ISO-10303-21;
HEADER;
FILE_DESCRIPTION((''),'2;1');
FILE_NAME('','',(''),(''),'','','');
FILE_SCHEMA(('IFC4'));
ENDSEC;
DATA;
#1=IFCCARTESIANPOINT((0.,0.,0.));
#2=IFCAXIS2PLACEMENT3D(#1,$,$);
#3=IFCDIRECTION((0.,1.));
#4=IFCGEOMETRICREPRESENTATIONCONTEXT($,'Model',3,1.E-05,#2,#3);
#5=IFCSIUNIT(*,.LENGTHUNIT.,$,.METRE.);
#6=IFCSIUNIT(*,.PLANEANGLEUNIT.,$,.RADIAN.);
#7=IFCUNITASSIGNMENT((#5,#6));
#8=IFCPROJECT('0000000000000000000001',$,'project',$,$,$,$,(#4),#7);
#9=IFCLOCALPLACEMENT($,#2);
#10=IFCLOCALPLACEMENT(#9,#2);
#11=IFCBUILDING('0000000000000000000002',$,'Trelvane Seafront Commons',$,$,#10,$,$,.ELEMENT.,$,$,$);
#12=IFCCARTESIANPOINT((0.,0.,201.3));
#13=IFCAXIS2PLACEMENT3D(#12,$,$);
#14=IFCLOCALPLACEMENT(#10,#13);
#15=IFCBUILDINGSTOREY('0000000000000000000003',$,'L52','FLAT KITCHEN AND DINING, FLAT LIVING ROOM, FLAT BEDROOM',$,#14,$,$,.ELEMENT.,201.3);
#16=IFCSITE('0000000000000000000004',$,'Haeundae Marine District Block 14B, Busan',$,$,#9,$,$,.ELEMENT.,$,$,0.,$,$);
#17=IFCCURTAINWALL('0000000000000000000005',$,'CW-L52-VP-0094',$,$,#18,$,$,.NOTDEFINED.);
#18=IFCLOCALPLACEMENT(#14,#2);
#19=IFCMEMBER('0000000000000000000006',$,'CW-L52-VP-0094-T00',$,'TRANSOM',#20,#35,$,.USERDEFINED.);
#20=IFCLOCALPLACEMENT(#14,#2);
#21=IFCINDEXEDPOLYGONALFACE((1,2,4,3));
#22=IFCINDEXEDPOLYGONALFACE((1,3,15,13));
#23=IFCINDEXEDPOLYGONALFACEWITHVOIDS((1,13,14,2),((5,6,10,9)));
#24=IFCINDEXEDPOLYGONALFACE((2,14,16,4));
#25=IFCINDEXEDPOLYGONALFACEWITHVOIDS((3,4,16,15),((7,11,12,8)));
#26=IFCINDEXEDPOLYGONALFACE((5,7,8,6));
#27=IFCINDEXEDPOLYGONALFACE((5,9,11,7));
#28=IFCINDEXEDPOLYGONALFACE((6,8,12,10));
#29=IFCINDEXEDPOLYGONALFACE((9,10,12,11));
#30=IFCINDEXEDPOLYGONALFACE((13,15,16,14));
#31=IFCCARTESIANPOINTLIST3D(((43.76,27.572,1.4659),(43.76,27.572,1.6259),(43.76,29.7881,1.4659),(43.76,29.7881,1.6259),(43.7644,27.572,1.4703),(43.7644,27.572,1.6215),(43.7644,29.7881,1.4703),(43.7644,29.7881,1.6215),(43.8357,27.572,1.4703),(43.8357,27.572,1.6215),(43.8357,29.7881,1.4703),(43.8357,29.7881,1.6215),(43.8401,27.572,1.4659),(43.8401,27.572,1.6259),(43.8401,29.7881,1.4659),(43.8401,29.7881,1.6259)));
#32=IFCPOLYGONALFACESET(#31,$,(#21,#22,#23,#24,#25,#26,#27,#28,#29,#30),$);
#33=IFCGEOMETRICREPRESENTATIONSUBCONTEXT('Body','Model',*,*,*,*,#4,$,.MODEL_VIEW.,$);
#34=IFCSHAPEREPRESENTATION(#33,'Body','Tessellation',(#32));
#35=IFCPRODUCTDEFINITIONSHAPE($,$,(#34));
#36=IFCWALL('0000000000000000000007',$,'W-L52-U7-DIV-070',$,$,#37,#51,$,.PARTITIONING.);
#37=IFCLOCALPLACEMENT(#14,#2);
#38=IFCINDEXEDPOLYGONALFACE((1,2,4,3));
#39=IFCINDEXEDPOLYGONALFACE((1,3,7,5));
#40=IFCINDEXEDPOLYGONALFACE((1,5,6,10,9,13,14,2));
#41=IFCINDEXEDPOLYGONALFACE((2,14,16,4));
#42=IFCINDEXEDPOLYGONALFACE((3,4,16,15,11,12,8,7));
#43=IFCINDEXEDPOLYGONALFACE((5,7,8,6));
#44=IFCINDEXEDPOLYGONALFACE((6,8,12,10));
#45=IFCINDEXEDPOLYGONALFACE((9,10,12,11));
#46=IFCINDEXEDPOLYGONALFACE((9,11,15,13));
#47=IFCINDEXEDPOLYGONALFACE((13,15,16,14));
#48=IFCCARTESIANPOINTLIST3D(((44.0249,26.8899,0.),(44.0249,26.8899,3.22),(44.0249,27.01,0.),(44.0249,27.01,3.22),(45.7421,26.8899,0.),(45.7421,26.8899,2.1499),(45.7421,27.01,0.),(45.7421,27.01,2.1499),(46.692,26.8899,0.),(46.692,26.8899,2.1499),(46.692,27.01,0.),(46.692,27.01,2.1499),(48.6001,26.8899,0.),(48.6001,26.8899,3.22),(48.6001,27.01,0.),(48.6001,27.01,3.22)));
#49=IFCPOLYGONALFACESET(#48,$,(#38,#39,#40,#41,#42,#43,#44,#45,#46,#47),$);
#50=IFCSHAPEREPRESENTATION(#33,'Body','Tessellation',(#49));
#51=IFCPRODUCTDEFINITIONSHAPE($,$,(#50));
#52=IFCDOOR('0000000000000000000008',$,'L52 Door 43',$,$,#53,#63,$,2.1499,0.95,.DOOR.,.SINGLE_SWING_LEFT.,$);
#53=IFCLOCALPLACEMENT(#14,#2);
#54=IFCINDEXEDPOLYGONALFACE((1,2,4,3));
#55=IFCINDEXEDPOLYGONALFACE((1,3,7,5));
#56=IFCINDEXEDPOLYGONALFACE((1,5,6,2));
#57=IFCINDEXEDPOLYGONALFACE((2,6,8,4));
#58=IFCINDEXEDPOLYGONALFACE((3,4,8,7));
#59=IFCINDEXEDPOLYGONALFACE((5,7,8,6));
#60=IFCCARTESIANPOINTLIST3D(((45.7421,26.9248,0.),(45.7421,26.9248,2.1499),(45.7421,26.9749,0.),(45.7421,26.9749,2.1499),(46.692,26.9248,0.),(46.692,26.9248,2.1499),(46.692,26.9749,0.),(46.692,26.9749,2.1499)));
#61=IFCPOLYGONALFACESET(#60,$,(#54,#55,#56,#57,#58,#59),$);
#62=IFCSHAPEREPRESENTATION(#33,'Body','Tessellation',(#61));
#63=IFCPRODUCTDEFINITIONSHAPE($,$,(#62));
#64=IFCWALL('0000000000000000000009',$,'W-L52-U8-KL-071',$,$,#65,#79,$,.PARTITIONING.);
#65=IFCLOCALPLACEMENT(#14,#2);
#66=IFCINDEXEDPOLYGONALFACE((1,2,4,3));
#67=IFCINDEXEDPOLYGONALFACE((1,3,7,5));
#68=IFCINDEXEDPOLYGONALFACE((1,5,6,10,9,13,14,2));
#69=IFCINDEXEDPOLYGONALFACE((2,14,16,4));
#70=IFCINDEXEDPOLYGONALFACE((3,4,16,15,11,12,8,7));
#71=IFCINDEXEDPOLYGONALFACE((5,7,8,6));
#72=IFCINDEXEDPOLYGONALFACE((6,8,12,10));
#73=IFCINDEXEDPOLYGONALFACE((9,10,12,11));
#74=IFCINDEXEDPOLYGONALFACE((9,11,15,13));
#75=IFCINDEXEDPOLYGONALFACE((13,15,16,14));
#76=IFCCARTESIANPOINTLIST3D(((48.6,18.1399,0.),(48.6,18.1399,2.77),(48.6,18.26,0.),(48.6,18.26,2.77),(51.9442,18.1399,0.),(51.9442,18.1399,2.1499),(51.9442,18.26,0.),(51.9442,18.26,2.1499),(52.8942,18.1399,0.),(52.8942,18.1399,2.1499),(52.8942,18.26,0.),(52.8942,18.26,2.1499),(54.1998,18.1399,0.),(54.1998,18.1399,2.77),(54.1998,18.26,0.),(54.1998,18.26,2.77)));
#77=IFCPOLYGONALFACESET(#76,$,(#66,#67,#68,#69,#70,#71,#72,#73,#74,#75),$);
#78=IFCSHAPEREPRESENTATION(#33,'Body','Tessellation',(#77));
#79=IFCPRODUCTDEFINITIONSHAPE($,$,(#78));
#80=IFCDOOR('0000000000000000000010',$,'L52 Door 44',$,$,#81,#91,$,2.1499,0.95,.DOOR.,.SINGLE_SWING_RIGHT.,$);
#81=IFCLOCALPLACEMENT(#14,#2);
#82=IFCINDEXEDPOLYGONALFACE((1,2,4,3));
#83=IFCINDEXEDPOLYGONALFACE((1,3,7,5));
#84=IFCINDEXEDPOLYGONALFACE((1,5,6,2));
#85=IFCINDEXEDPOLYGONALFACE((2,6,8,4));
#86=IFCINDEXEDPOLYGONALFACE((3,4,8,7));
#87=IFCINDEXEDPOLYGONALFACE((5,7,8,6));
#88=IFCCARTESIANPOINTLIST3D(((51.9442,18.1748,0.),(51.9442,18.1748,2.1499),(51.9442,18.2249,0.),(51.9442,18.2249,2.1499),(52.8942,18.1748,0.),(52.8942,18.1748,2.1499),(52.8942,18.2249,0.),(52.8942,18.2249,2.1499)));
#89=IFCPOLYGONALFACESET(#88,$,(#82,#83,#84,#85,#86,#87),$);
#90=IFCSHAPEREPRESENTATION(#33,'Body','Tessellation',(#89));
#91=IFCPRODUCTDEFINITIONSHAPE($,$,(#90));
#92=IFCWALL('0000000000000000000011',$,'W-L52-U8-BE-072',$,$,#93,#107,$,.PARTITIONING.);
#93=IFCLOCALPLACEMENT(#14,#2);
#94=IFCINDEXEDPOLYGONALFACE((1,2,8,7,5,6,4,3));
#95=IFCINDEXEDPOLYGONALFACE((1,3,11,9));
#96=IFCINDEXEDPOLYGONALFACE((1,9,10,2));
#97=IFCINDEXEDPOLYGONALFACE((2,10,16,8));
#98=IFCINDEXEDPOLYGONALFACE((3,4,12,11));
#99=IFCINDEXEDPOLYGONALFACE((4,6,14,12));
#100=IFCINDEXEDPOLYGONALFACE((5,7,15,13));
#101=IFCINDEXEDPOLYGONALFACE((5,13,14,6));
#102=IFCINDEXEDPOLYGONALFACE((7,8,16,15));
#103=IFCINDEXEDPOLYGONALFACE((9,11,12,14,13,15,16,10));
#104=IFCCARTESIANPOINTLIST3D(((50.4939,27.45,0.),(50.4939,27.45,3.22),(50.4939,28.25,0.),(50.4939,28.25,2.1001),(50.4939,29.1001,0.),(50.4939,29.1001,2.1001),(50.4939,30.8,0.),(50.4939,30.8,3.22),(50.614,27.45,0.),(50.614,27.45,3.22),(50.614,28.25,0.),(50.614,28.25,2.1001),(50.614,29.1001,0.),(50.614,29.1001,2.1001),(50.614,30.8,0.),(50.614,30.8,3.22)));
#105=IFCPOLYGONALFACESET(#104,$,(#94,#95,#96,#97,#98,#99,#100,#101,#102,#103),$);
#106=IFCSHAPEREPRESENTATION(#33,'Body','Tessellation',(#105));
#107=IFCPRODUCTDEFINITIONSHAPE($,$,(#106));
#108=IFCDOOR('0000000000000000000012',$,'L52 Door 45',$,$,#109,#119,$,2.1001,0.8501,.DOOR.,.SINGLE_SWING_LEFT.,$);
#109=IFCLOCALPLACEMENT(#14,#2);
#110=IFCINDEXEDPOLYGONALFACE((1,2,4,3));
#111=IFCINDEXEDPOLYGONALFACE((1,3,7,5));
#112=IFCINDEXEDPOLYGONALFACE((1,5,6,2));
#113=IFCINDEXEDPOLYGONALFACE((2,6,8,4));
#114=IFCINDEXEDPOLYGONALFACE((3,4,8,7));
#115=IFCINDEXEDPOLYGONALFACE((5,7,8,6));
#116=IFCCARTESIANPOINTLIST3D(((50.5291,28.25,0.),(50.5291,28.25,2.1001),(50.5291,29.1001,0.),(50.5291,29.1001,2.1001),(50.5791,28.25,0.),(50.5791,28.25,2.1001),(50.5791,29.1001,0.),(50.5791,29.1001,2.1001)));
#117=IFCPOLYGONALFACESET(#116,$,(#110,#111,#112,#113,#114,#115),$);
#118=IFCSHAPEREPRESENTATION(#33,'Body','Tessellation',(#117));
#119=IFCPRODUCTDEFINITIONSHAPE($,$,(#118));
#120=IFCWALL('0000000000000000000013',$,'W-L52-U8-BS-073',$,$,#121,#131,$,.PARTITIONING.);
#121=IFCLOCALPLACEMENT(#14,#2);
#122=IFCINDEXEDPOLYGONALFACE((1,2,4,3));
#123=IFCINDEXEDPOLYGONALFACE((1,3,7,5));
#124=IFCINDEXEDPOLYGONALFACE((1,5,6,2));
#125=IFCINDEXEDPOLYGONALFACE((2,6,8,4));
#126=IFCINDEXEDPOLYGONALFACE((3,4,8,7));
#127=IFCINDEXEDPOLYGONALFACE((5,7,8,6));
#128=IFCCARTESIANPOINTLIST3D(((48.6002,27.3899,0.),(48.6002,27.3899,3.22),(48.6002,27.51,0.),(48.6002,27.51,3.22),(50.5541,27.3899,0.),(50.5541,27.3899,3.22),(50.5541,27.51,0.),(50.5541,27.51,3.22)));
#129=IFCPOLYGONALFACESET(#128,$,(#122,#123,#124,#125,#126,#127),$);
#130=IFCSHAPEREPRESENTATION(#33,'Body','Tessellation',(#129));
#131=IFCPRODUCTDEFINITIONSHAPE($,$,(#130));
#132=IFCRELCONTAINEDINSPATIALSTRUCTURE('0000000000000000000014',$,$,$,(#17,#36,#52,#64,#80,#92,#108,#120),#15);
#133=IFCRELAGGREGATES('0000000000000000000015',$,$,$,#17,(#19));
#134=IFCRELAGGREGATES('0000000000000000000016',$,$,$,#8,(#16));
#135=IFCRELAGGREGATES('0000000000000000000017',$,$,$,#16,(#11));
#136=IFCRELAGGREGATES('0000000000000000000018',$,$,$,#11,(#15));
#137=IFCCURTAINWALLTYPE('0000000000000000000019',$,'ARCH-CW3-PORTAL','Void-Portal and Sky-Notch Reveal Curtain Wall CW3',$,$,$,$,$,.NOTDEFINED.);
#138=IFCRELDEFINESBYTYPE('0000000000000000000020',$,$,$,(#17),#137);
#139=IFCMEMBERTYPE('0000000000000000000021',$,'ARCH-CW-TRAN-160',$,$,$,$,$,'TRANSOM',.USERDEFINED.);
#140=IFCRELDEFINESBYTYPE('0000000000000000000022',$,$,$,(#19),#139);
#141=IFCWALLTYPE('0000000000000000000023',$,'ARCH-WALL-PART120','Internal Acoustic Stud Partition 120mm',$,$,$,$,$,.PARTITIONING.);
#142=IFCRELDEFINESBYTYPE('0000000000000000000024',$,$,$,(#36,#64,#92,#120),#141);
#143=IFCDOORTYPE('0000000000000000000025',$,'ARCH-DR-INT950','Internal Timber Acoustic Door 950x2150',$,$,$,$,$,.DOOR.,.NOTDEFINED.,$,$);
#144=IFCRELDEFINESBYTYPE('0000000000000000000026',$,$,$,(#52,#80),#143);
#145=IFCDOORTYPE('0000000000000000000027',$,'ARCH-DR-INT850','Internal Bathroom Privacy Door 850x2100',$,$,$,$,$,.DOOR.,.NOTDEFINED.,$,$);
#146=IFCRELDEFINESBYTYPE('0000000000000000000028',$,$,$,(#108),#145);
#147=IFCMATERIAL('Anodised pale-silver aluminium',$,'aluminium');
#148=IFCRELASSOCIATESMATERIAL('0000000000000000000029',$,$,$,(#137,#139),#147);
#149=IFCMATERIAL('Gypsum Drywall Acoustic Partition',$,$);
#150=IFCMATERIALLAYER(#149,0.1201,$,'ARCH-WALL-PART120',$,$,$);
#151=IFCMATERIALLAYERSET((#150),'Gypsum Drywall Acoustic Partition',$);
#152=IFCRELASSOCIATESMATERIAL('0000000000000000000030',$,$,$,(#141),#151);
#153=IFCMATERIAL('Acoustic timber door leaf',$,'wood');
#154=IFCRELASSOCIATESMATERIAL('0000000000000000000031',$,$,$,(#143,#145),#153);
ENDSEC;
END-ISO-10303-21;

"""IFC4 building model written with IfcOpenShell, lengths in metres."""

from ifc_helpers import new_model, si_unit, direction, frame, frame_2d, origin, origin_2d, place, context, subcontext, project, spatial, rectangle, hollow_rectangle, extrude, source, transform, mapped, material, layer, layer_set, material_profile, profile_set, type_object, element, fill, aggregate, save


model = new_model("IFC4")

# Units and contexts
model_context = context("Model", 3, precision=1e-05, world=origin(), true_north=direction((0.0, 1.0)))
body_context = subcontext(model_context, "Body", "Model", "MODEL_VIEW")
ifc_project = project(units=[si_unit("LENGTHUNIT", "METRE"), si_unit("PLANEANGLEUNIT", "RADIAN")], contexts=[model_context])

# Site, building, storey
site_placement = place(None, origin())
site = spatial("IfcSite", under=ifc_project, at=site_placement, Name="Haeundae Marine District Block 14B, Busan", CompositionType="ELEMENT", RefElevation=0.0)
building_placement = place(site_placement, origin())
building = spatial("IfcBuilding", under=site, at=building_placement, Name="Trelvane Seafront Commons", CompositionType="ELEMENT")
storey_placement = place(building_placement, frame((0.0, 0.0, 201.3)))
storey = spatial("IfcBuildingStorey", under=building, at=storey_placement, Name="L52", Description="FLAT KITCHEN AND DINING, FLAT LIVING ROOM, FLAT BEDROOM", CompositionType="ELEMENT", Elevation=201.3)

# Curtain wall, member
ifc_material_1 = material(Name="Anodised pale-silver aluminium", Category="aluminium")
curtain_wall_type = type_object("IfcCurtainWallType", Name="ARCH-CW3-PORTAL", Description="Void-Portal and Sky-Notch Reveal Curtain Wall CW3", PredefinedType="NOTDEFINED", material=ifc_material_1)
curtain_wall_placement = place(storey_placement, origin())
curtain_wall = element("IfcCurtainWall", 1, at=curtain_wall_placement, inside=storey, type_object=curtain_wall_type, Name="CW-L52-VP-0094", PredefinedType="NOTDEFINED")
ifc_material_profile_1 = material_profile(ifc_material_1, hollow_rectangle(XDim=0.0801, YDim=0.1599, WallThickness=0.0044, at=origin_2d()), Name="TRAN-80x160x4.5")
ifc_profile_set_1 = profile_set([ifc_material_profile_1], Name="Anodised pale-silver aluminium")
member_type = type_object("IfcMemberType", Name="ARCH-CW-TRAN-160", ElementType="TRANSOM", PredefinedType="USERDEFINED", material=ifc_profile_set_1)
shared_shape_1 = source(origin(), body_context, "Body", "SweptSolid", [
    extrude(hollow_rectangle(XDim=0.0801, YDim=0.1599, WallThickness=0.0044, at=origin_2d()), origin(), (0.0, 0.0, 1.0), 2.2161),
])
member_placement = place(storey_placement, frame((43.8, 29.7881, 1.5459), z_axis=(0.0, -1.0, 0.0), x_axis=(1.0, 0.0, 0.0)))
member = element("IfcMember", 2, at=member_placement, type_object=member_type, Name="CW-L52-VP-0094-T00", ObjectType="TRANSOM", PredefinedType="USERDEFINED", context=body_context, shape_type="MappedRepresentation", body=[
    mapped(shared_shape_1, transform((0.0, 0.0, 0.0), x_axis=(1.0, 0.0, 0.0), y_axis=(0.0, 1.0, 0.0), z_axis=(0.0, 0.0, 1.0), scale=1.0)),
])
aggregate(curtain_wall, [member])

# Walls, openings, doors
ifc_material_2 = material(Name="Gypsum Drywall Acoustic Partition")
ifc_layer = layer(ifc_material_2, 0.1201, Name="ARCH-WALL-PART120")
ifc_layer_set = layer_set([ifc_layer], Name="Gypsum Drywall Acoustic Partition")
wall_type = type_object("IfcWallType", Name="ARCH-WALL-PART120", Description="Internal Acoustic Stud Partition 120mm", PredefinedType="PARTITIONING", material=ifc_layer_set)
wall_1_placement = place(storey_placement, frame((44.0249, 26.95, 0.0), z_axis=(0.0, 0.0, 1.0), x_axis=(1.0, 0.0, 0.0)))
wall_1 = element("IfcWall", 3, at=wall_1_placement, inside=storey, type_object=wall_type, Name="W-L52-U7-DIV-070", PredefinedType="PARTITIONING", context=body_context, shape_type="SweptSolid", body=[
    extrude(rectangle(XDim=4.5752, YDim=0.1201, at=frame_2d((2.2876, 0.0))), origin(), (0.0, 0.0, 1.0), 3.22),
])
opening_1_placement = place(wall_1_placement, frame((1.717, 0.0, 0.0)))
opening_1 = element("IfcOpeningElement", 4, at=opening_1_placement, cuts=wall_1, PredefinedType="OPENING", context=body_context, shape_type="SweptSolid", body=[
    extrude(rectangle(XDim=0.95, YDim=2.1499, at=frame_2d((0.4751, 1.075))), frame((0.0, 0.0701, 0.0), z_axis=(0.0, -1.0, 0.0), x_axis=(1.0, 0.0, 0.0)), (0.0, 0.0, 1.0), 0.1401),
])
ifc_material_3 = material(Name="Acoustic timber door leaf", Category="wood")
door_type_1 = type_object("IfcDoorType", Name="ARCH-DR-INT950", Description="Internal Timber Acoustic Door 950x2150", OperationType="NOTDEFINED", PredefinedType="DOOR", material=ifc_material_3)
shared_shape_2 = source(origin(), body_context, "Body", "SweptSolid", [
    extrude(rectangle(XDim=0.95, YDim=2.1499, at=frame_2d((0.4751, 1.075))), frame((0.0, 0.0249, 0.0), z_axis=(0.0, -1.0, 0.0), x_axis=(1.0, 0.0, 0.0)), (0.0, 0.0, 1.0), 0.05),
])
door_1_placement = place(opening_1_placement, origin())
door_1 = element("IfcDoor", 5, at=door_1_placement, inside=storey, type_object=door_type_1, Name="L52 Door 43", OperationType="SINGLE_SWING_LEFT", OverallHeight=2.1499, OverallWidth=0.95, PredefinedType="DOOR", context=body_context, shape_type="MappedRepresentation", body=[
    mapped(shared_shape_2, transform((0.0, 0.0, 0.0), x_axis=(1.0, 0.0, 0.0), y_axis=(0.0, 1.0, 0.0), z_axis=(0.0, 0.0, 1.0), scale=1.0)),
])
fill(opening_1, door_1)
wall_2_placement = place(storey_placement, frame((48.6001, 18.2, 0.0), z_axis=(0.0, 0.0, 1.0), x_axis=(1.0, 0.0, 0.0)))
wall_2 = element("IfcWall", 6, at=wall_2_placement, inside=storey, type_object=wall_type, Name="W-L52-U8-KL-071", PredefinedType="PARTITIONING", context=body_context, shape_type="SweptSolid", body=[
    extrude(rectangle(XDim=5.5999, YDim=0.1201, at=frame_2d((2.7998, 0.0))), origin(), (0.0, 0.0, 1.0), 2.77),
])
opening_2_placement = place(wall_2_placement, frame((3.344, 0.0, 0.0)))
opening_2 = element("IfcOpeningElement", 7, at=opening_2_placement, cuts=wall_2, PredefinedType="OPENING", context=body_context, shape_type="SweptSolid", body=[
    extrude(rectangle(XDim=0.95, YDim=2.1499, at=frame_2d((0.4751, 1.075))), frame((0.0, 0.0701, 0.0), z_axis=(0.0, -1.0, 0.0), x_axis=(1.0, 0.0, 0.0)), (0.0, 0.0, 1.0), 0.1401),
])
door_2_placement = place(opening_2_placement, origin())
door_2 = element("IfcDoor", 8, at=door_2_placement, inside=storey, type_object=door_type_1, Name="L52 Door 44", OperationType="SINGLE_SWING_RIGHT", OverallHeight=2.1499, OverallWidth=0.95, PredefinedType="DOOR", context=body_context, shape_type="MappedRepresentation", body=[
    mapped(shared_shape_2, transform((0.0, 0.0, 0.0), x_axis=(1.0, 0.0, 0.0), y_axis=(0.0, 1.0, 0.0), z_axis=(0.0, 0.0, 1.0), scale=1.0)),
])
fill(opening_2, door_2)
wall_3_placement = place(storey_placement, frame((50.554, 27.45, 0.0), z_axis=(0.0, 0.0, 1.0), x_axis=(0.0, 1.0, 0.0)))
wall_3 = element("IfcWall", 9, at=wall_3_placement, inside=storey, type_object=wall_type, Name="W-L52-U8-BE-072", PredefinedType="PARTITIONING", context=body_context, shape_type="SweptSolid", body=[
    extrude(rectangle(XDim=3.3501, YDim=0.1201, at=frame_2d((1.675, 0.0))), origin(), (0.0, 0.0, 1.0), 3.22),
])
opening_3_placement = place(wall_3_placement, frame((0.8, 0.0, 0.0)))
opening_3 = element("IfcOpeningElement", 10, at=opening_3_placement, cuts=wall_3, PredefinedType="OPENING", context=body_context, shape_type="SweptSolid", body=[
    extrude(rectangle(XDim=0.8501, YDim=2.1001, at=frame_2d((0.425, 1.05))), frame((0.0, 0.0701, 0.0), z_axis=(0.0, -1.0, 0.0), x_axis=(1.0, 0.0, 0.0)), (0.0, 0.0, 1.0), 0.1401),
])
door_type_2 = type_object("IfcDoorType", Name="ARCH-DR-INT850", Description="Internal Bathroom Privacy Door 850x2100", OperationType="NOTDEFINED", PredefinedType="DOOR", material=ifc_material_3)
shared_shape_3 = source(origin(), body_context, "Body", "SweptSolid", [
    extrude(rectangle(XDim=0.8501, YDim=2.1001, at=frame_2d((0.425, 1.05))), frame((0.0, 0.0249, 0.0), z_axis=(0.0, -1.0, 0.0), x_axis=(1.0, 0.0, 0.0)), (0.0, 0.0, 1.0), 0.05),
])
door_3_placement = place(opening_3_placement, origin())
door_3 = element("IfcDoor", 11, at=door_3_placement, inside=storey, type_object=door_type_2, Name="L52 Door 45", OperationType="SINGLE_SWING_LEFT", OverallHeight=2.1001, OverallWidth=0.8501, PredefinedType="DOOR", context=body_context, shape_type="MappedRepresentation", body=[
    mapped(shared_shape_3, transform((0.0, 0.0, 0.0), x_axis=(1.0, 0.0, 0.0), y_axis=(0.0, 1.0, 0.0), z_axis=(0.0, 0.0, 1.0), scale=1.0)),
])
fill(opening_3, door_3)

# Wall
wall_4_placement = place(storey_placement, frame((48.6001, 27.45, 0.0), z_axis=(0.0, 0.0, 1.0), x_axis=(1.0, 0.0, 0.0)))
element("IfcWall", 12, at=wall_4_placement, inside=storey, type_object=wall_type, Name="W-L52-U8-BS-073", PredefinedType="PARTITIONING", context=body_context, shape_type="SweptSolid", body=[
    extrude(rectangle(XDim=1.9539, YDim=0.1201, at=frame_2d((0.9771, 0.0))), origin(), (0.0, 0.0, 1.0), 3.22),
])

save(model, "model.ifc")
